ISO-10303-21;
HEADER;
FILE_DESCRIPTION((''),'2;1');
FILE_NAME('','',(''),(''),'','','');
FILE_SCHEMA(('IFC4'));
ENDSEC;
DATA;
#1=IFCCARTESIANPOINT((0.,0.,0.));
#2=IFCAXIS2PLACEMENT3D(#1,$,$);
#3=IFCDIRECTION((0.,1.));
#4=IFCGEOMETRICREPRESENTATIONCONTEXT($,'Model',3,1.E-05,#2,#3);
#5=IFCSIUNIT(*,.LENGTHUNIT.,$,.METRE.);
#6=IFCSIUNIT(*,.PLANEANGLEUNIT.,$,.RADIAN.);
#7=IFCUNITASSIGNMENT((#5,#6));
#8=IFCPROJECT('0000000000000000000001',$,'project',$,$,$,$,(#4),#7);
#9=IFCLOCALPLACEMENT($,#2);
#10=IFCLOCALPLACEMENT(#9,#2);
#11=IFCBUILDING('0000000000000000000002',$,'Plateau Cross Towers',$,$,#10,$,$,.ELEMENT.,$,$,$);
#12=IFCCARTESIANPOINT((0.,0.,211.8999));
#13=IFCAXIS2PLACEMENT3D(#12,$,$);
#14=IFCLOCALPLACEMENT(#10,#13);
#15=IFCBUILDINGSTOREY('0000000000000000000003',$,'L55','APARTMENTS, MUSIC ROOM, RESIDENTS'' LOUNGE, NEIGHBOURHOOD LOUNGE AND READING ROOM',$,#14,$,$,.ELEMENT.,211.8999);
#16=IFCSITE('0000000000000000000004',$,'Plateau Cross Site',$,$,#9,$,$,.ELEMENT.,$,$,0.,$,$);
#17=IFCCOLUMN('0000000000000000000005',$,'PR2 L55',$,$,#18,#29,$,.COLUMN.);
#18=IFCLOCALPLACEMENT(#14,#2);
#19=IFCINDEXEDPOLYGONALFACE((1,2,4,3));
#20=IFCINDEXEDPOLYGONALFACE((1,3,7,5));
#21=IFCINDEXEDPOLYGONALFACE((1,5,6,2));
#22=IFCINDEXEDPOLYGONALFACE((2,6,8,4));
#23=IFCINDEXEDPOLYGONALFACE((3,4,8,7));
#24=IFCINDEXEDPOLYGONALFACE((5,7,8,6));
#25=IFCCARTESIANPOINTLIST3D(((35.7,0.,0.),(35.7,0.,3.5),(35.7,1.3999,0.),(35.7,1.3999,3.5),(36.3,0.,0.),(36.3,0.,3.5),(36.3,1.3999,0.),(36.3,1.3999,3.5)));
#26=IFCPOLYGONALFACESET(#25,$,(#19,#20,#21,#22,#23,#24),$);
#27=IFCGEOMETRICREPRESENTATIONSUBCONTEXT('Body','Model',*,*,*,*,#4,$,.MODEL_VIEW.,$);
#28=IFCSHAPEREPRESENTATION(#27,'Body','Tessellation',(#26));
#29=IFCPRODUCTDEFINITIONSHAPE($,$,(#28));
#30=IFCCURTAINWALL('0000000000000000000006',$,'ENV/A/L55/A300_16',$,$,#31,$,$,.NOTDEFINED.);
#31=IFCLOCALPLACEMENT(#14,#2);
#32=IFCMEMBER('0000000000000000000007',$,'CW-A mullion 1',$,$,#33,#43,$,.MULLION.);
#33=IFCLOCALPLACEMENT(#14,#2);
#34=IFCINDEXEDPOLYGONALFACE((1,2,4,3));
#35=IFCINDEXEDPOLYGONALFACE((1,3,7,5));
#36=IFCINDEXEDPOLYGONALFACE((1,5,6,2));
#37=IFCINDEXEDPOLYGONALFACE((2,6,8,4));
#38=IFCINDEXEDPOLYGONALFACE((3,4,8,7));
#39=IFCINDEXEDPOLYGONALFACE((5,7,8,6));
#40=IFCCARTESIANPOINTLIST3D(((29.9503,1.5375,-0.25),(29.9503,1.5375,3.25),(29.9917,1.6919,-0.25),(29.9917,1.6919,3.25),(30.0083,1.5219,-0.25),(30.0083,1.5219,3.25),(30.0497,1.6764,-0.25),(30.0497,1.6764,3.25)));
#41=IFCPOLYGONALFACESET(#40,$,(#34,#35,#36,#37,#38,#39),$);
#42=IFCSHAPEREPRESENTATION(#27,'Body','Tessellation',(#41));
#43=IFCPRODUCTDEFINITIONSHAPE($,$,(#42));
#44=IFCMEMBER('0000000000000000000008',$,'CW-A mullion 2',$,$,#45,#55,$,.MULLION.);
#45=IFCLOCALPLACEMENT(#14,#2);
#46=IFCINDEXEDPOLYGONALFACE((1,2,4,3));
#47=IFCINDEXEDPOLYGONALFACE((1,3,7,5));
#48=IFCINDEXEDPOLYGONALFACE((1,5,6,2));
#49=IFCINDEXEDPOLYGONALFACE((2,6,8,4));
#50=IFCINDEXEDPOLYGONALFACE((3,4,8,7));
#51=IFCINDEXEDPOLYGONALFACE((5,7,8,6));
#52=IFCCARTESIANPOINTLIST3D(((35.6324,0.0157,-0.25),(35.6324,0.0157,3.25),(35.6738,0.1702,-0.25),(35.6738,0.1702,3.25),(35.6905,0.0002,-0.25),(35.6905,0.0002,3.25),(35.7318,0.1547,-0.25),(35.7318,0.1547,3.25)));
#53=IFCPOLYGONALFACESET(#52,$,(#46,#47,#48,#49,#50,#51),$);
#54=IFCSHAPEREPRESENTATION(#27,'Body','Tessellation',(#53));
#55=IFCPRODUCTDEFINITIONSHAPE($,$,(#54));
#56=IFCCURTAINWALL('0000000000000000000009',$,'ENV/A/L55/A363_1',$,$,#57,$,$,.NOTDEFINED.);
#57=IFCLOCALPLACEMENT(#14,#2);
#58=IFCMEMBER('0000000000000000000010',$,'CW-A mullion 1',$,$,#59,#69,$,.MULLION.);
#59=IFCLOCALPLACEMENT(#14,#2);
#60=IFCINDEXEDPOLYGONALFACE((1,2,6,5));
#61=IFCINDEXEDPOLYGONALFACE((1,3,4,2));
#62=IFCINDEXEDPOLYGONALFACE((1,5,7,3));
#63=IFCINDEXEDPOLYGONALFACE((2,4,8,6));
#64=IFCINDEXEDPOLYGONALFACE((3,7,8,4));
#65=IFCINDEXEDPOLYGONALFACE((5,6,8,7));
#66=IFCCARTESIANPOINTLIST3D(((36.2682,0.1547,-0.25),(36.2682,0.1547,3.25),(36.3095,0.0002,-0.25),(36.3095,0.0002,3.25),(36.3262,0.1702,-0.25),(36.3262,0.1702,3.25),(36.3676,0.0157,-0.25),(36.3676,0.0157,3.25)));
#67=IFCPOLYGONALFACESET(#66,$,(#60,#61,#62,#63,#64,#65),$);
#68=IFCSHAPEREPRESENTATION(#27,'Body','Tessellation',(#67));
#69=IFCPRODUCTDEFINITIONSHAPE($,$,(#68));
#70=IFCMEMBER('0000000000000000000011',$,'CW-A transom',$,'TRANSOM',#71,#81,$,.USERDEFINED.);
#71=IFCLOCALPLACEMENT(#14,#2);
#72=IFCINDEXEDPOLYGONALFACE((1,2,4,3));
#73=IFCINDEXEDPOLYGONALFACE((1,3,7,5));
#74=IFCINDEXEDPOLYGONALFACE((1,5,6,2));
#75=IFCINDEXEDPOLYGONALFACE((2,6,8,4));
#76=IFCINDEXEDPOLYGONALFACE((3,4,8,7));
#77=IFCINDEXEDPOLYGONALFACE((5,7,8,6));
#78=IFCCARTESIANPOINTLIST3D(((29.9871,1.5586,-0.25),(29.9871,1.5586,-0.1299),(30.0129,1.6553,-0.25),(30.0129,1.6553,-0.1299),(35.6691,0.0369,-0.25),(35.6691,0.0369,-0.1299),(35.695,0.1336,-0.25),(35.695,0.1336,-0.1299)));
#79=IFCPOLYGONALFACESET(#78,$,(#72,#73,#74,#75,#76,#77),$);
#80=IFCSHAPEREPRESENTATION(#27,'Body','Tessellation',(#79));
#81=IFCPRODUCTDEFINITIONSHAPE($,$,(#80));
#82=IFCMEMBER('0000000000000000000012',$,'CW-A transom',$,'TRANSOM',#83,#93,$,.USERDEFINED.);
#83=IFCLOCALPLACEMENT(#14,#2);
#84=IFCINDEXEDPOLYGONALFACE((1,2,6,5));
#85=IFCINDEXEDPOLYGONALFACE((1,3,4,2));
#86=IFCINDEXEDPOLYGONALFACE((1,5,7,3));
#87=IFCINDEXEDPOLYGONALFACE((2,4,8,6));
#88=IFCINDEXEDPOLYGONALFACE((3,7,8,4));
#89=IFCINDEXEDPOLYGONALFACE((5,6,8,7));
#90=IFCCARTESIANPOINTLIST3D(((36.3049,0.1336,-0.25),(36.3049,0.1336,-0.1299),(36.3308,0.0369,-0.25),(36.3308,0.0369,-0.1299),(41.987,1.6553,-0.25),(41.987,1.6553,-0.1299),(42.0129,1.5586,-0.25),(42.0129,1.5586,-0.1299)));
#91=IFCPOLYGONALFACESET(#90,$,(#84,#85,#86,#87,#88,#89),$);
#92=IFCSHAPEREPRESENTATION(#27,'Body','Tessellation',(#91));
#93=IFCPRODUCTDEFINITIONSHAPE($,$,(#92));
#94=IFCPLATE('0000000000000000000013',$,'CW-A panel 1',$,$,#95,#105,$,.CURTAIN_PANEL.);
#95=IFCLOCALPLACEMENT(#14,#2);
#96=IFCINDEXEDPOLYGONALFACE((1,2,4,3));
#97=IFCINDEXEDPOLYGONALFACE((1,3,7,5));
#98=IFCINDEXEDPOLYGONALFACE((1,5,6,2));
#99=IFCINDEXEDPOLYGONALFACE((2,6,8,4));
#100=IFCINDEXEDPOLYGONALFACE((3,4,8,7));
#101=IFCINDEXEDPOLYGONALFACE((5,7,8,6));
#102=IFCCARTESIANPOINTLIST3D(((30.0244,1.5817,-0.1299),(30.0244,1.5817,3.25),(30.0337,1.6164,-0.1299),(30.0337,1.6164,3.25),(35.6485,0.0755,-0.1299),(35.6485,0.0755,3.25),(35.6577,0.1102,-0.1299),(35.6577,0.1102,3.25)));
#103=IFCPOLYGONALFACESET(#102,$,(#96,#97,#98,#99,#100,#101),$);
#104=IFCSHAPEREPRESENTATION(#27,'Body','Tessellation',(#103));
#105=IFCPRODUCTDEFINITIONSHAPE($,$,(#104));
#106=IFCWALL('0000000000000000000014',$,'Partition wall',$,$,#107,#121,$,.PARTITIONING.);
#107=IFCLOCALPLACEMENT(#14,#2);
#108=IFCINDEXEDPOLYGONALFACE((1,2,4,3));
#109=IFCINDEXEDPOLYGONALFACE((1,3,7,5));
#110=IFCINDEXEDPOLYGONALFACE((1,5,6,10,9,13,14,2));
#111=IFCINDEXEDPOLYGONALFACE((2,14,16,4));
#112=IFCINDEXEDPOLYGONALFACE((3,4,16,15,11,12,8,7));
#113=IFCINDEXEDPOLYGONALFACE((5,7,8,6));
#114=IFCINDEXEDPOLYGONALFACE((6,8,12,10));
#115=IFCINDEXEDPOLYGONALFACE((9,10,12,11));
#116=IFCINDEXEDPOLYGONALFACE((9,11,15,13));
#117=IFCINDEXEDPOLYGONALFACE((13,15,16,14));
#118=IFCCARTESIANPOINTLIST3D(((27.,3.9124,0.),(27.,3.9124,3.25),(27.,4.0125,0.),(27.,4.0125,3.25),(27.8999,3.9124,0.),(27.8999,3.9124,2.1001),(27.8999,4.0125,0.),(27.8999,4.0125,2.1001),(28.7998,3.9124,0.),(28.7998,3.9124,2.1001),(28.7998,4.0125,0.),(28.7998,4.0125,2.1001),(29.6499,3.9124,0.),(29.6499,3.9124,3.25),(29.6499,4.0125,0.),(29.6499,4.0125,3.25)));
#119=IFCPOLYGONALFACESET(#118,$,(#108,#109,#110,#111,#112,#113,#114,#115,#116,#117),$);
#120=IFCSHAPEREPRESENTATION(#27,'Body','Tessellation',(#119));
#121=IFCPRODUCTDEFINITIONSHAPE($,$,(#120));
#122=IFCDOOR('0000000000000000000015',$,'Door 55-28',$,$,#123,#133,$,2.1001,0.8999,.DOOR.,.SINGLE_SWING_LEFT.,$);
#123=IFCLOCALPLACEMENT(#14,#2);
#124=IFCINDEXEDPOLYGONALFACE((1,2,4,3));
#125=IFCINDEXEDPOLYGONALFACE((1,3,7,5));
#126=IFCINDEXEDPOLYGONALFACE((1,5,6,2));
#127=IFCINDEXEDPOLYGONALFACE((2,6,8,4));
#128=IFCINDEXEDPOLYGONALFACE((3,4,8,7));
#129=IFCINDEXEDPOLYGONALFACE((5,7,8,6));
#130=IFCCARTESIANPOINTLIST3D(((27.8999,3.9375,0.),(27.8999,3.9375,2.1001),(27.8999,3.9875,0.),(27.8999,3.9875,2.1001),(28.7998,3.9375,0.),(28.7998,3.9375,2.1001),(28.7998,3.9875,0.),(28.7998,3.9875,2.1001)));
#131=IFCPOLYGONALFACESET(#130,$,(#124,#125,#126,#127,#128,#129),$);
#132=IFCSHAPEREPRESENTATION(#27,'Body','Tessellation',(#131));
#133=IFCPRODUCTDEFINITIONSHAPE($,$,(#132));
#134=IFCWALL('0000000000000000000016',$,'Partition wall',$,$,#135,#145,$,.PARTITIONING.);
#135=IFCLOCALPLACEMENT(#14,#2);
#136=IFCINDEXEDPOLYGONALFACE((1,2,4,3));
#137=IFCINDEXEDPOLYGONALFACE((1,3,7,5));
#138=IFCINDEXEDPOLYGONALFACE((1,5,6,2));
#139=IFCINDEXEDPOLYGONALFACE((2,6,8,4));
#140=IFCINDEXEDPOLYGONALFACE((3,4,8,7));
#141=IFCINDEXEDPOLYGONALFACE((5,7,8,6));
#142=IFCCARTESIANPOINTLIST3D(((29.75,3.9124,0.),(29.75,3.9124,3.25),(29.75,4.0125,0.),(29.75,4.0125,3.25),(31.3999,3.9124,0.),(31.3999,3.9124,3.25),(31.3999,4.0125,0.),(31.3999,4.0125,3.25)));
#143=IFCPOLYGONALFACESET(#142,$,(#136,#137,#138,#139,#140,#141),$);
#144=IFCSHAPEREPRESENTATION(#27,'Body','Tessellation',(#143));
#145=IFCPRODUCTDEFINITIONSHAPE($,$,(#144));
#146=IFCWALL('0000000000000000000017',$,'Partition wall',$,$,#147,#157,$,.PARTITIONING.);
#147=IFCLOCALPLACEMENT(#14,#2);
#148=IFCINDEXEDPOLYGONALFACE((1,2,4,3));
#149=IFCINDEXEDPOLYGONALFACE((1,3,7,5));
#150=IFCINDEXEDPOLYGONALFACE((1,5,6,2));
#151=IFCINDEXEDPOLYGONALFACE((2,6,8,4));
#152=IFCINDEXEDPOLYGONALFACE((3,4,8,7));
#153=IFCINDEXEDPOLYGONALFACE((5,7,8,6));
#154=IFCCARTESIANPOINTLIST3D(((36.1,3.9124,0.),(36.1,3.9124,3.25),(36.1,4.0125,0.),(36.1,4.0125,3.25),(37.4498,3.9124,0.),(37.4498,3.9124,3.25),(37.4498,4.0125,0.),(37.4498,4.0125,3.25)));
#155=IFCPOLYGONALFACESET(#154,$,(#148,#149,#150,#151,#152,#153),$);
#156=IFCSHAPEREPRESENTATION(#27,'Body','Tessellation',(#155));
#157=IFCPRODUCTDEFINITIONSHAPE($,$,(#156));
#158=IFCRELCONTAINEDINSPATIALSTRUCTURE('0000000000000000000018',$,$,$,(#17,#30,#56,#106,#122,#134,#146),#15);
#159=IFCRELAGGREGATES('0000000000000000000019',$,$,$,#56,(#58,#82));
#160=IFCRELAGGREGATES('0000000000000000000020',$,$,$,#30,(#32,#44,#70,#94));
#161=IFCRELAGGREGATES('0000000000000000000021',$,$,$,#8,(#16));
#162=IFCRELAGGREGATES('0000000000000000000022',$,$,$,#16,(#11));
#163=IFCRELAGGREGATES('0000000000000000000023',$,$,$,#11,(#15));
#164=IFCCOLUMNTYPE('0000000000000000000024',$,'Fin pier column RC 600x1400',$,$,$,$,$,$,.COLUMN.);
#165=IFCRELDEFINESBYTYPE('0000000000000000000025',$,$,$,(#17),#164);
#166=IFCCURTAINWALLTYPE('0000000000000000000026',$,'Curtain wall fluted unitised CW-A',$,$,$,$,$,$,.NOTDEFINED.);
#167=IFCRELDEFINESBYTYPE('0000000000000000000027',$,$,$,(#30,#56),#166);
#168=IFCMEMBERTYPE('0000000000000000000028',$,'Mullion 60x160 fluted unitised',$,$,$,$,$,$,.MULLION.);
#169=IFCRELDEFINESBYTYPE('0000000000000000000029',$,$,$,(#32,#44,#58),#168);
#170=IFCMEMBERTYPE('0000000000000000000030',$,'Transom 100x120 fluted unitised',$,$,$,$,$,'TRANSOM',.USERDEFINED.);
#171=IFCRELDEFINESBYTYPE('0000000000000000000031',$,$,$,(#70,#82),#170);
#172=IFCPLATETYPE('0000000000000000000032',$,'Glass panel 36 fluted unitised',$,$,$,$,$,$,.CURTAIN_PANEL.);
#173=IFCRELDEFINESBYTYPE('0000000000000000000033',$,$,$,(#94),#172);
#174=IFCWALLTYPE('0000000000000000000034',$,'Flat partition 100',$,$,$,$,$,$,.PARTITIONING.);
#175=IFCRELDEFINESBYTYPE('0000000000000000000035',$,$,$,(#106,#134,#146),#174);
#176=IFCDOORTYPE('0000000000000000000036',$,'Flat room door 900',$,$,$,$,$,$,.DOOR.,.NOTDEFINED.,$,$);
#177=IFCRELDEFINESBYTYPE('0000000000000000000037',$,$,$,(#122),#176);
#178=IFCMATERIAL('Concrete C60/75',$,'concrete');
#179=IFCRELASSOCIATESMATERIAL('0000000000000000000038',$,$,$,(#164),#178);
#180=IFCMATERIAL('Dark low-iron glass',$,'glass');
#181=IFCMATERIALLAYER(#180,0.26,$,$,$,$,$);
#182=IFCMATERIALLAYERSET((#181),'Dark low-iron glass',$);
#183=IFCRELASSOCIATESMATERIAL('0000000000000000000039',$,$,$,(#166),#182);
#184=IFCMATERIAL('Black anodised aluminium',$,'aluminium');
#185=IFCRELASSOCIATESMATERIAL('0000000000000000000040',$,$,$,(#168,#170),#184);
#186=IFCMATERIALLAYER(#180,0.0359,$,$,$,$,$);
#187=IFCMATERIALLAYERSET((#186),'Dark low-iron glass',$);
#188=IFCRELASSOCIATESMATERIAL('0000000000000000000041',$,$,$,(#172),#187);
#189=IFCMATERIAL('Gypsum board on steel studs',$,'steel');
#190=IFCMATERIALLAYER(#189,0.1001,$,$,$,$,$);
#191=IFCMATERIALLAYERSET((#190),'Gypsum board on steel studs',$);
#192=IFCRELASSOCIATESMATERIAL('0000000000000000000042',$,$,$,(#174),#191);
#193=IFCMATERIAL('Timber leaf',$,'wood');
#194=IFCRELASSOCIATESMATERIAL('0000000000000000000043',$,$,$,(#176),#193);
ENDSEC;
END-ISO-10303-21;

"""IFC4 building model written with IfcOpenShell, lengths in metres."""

from ifc_helpers import new_model, si_unit, direction, frame, frame_2d, origin, origin_2d, place, context, subcontext, project, spatial, rectangle, extrude, material, layer, layer_set, material_profile, profile_set, type_object, element, fill, aggregate, save


model = new_model("IFC4")

# Units and contexts
model_context = context("Model", 3, precision=1e-05, world=origin(), true_north=direction((0.0, 1.0)))
body_context = subcontext(model_context, "Body", "Model", "MODEL_VIEW")
ifc_project = project(units=[si_unit("LENGTHUNIT", "METRE"), si_unit("PLANEANGLEUNIT", "RADIAN")], contexts=[model_context])

# Site, building, storey
site_placement = place(None, origin())
site = spatial("IfcSite", under=ifc_project, at=site_placement, Name="Plateau Cross Site", CompositionType="ELEMENT", RefElevation=0.0)
building_placement = place(site_placement, origin())
building = spatial("IfcBuilding", under=site, at=building_placement, Name="Plateau Cross Towers", CompositionType="ELEMENT")
storey_placement = place(building_placement, frame((0.0, 0.0, 211.8999)))
storey = spatial("IfcBuildingStorey", under=building, at=storey_placement, Name="L55", Description="APARTMENTS, MUSIC ROOM, RESIDENTS' LOUNGE, NEIGHBOURHOOD LOUNGE AND READING ROOM", CompositionType="ELEMENT", Elevation=211.8999)

# Column
ifc_material_1 = material(Name="Concrete C60/75", Category="concrete")
ifc_material_profile_1 = material_profile(ifc_material_1, rectangle(XDim=0.6001, YDim=1.3999, at=origin_2d()), Name="RC 600x1400")
ifc_profile_set_1 = profile_set([ifc_material_profile_1], Name="Concrete C60/75")
column_type = type_object("IfcColumnType", Name="Fin pier column RC 600x1400", PredefinedType="COLUMN", material=ifc_profile_set_1)
column_placement = place(storey_placement, frame((36.0, 0.7, 0.0), z_axis=(0.0, 0.0, 1.0), x_axis=(1.0, 0.0, 0.0)))
element("IfcColumn", 1, at=column_placement, inside=storey, type_object=column_type, Name="PR2 L55", PredefinedType="COLUMN", context=body_context, shape_type="SweptSolid", body=[
    extrude(rectangle(XDim=0.6001, YDim=1.3999, at=origin_2d()), origin(), (0.0, 0.0, 1.0), 3.5),
])

# Curtain wall, members
ifc_material_2 = material(Name="Dark low-iron glass", Category="glass")
ifc_layer_1 = layer(ifc_material_2, 0.26)
ifc_layer_set_1 = layer_set([ifc_layer_1], Name="Dark low-iron glass")
curtain_wall_type = type_object("IfcCurtainWallType", Name="Curtain wall fluted unitised CW-A", PredefinedType="NOTDEFINED", material=ifc_layer_set_1)
curtain_wall_1_placement = place(storey_placement, origin())
curtain_wall_1 = element("IfcCurtainWall", 2, at=curtain_wall_1_placement, inside=storey, type_object=curtain_wall_type, Name="ENV/A/L55/A300_16", PredefinedType="NOTDEFINED")
ifc_material_3 = material(Name="Black anodised aluminium", Category="aluminium")
ifc_material_profile_2 = material_profile(ifc_material_3, rectangle(XDim=0.0601, YDim=0.1599, at=origin_2d()), Name="MULLION 60x160")
ifc_profile_set_2 = profile_set([ifc_material_profile_2], Name="Black anodised aluminium")
member_type_1 = type_object("IfcMemberType", Name="Mullion 60x160 fluted unitised", PredefinedType="MULLION", material=ifc_profile_set_2)
member_1_placement = place(storey_placement, frame((30.0, 1.6069, -0.25), z_axis=(0.0, 0.0, 1.0), x_axis=(0.965958, -0.258699, 0.0)))
member_1 = element("IfcMember", 3, at=member_1_placement, type_object=member_type_1, Name="CW-A mullion 1", PredefinedType="MULLION", context=body_context, shape_type="SweptSolid", body=[
    extrude(rectangle(XDim=0.0601, YDim=0.1599, at=origin_2d()), origin(), (0.0, 0.0, 1.0), 3.5),
])
member_2_placement = place(storey_placement, frame((35.6821, 0.0852, -0.25), z_axis=(0.0, 0.0, 1.0), x_axis=(0.965958, -0.258699, 0.0)))
member_2 = element("IfcMember", 4, at=member_2_placement, type_object=member_type_1, Name="CW-A mullion 2", PredefinedType="MULLION", context=body_context, shape_type="SweptSolid", body=[
    extrude(rectangle(XDim=0.0601, YDim=0.1599, at=origin_2d()), origin(), (0.0, 0.0, 1.0), 3.5),
])

# Curtain wall, member
curtain_wall_2_placement = place(storey_placement, origin())
curtain_wall_2 = element("IfcCurtainWall", 5, at=curtain_wall_2_placement, inside=storey, type_object=curtain_wall_type, Name="ENV/A/L55/A363_1", PredefinedType="NOTDEFINED")
member_3_placement = place(storey_placement, frame((36.3179, 0.0852, -0.25), z_axis=(0.0, 0.0, 1.0), x_axis=(0.965958, 0.258699, 0.0)))
member_3 = element("IfcMember", 6, at=member_3_placement, type_object=member_type_1, Name="CW-A mullion 1", PredefinedType="MULLION", context=body_context, shape_type="SweptSolid", body=[
    extrude(rectangle(XDim=0.0601, YDim=0.1599, at=origin_2d()), origin(), (0.0, 0.0, 1.0), 3.5),
])

# Members
ifc_material_profile_3 = material_profile(ifc_material_3, rectangle(XDim=0.1001, YDim=0.1201, at=origin_2d()), Name="TRANSOM 100x120")
ifc_profile_set_3 = profile_set([ifc_material_profile_3], Name="Black anodised aluminium")
member_type_2 = type_object("IfcMemberType", Name="Transom 100x120 fluted unitised", ElementType="TRANSOM", PredefinedType="USERDEFINED", material=ifc_profile_set_3)
member_4_placement = place(storey_placement, frame((30.0, 1.6069, -0.1899), z_axis=(0.96596, -0.258693, 0.0), x_axis=(0.258693, 0.96596, 0.0)))
member_4 = element("IfcMember", 7, at=member_4_placement, type_object=member_type_2, Name="CW-A transom", ObjectType="TRANSOM", PredefinedType="USERDEFINED", context=body_context, shape_type="SweptSolid", body=[
    extrude(rectangle(XDim=0.1001, YDim=0.1201, at=origin_2d()), origin(), (0.0, 0.0, 1.0), 5.8823),
])
member_5_placement = place(storey_placement, frame((36.3179, 0.0852, -0.1899), z_axis=(0.96596, 0.258693, 0.0), x_axis=(-0.258693, 0.96596, 0.0)))
member_5 = element("IfcMember", 8, at=member_5_placement, type_object=member_type_2, Name="CW-A transom", ObjectType="TRANSOM", PredefinedType="USERDEFINED", context=body_context, shape_type="SweptSolid", body=[
    extrude(rectangle(XDim=0.1001, YDim=0.1201, at=origin_2d()), origin(), (0.0, 0.0, 1.0), 5.8823),
])
aggregate(curtain_wall_2, [member_3, member_5])

# Plate
ifc_layer_2 = layer(ifc_material_2, 0.0359)
ifc_layer_set_2 = layer_set([ifc_layer_2], Name="Dark low-iron glass")
plate_type = type_object("IfcPlateType", Name="Glass panel 36 fluted unitised", PredefinedType="CURTAIN_PANEL", material=ifc_layer_set_2)
plate_placement = place(storey_placement, frame((32.8411, 0.8459, -0.1299), z_axis=(0.0, 0.0, 1.0), x_axis=(0.965958, -0.258699, 0.0)))
plate = element("IfcPlate", 9, at=plate_placement, type_object=plate_type, Name="CW-A panel 1", PredefinedType="CURTAIN_PANEL", context=body_context, shape_type="SweptSolid", body=[
    extrude(rectangle(XDim=5.8223, YDim=0.0359, at=origin_2d()), origin(), (0.0, 0.0, 1.0), 3.3799),
])
aggregate(curtain_wall_1, [member_1, member_2, member_4, plate])

# Wall, opening, door
ifc_material_4 = material(Name="Gypsum board on steel studs", Category="steel")
ifc_layer_3 = layer(ifc_material_4, 0.1001)
ifc_layer_set_3 = layer_set([ifc_layer_3], Name="Gypsum board on steel studs")
wall_type_1 = type_object("IfcWallType", Name="Flat partition 100", PredefinedType="PARTITIONING", material=ifc_layer_set_3)
wall_1_placement = place(storey_placement, frame((29.6499, 3.9624, 0.0), z_axis=(0.0, 0.0, 1.0), x_axis=(-1.0, 0.0, 0.0)))
wall_1 = element("IfcWall", 10, at=wall_1_placement, inside=storey, type_object=wall_type_1, Name="Partition wall", PredefinedType="PARTITIONING", context=body_context, shape_type="SweptSolid", body=[
    extrude(rectangle(XDim=2.6499, YDim=0.1001, at=frame_2d((1.325, 0.0))), origin(), (0.0, 0.0, 1.0), 3.25),
])
opening_1_placement = place(wall_1_placement, frame((0.8501, 0.0, 0.0)))
opening_1 = element("IfcOpeningElement", 11, at=opening_1_placement, cuts=wall_1, PredefinedType="OPENING", context=body_context, shape_type="SweptSolid", body=[
    extrude(rectangle(XDim=0.8999, YDim=2.1001, at=frame_2d((0.45, 1.05))), frame((0.0, 0.0601, 0.0), z_axis=(0.0, -1.0, 0.0), x_axis=(1.0, 0.0, 0.0)), (0.0, 0.0, 1.0), 0.1201),
])
ifc_material_5 = material(Name="Timber leaf", Category="wood")
door_type_1 = type_object("IfcDoorType", Name="Flat room door 900", OperationType="NOTDEFINED", PredefinedType="DOOR", material=ifc_material_5)
door_1_placement = place(opening_1_placement, origin())
door_1 = element("IfcDoor", 12, at=door_1_placement, inside=storey, type_object=door_type_1, Name="Door 55-28", OperationType="SINGLE_SWING_LEFT", OverallHeight=2.1001, OverallWidth=0.8999, PredefinedType="DOOR", context=body_context, shape_type="SweptSolid", body=[
    extrude(rectangle(XDim=0.8999, YDim=2.1001, at=frame_2d((0.45, 1.05))), frame((0.0, 0.0249, 0.0), z_axis=(0.0, -1.0, 0.0), x_axis=(1.0, 0.0, 0.0)), (0.0, 0.0, 1.0), 0.05),
])
fill(opening_1, door_1)

# Walls
wall_2_placement = place(storey_placement, frame((29.75, 3.9624, 0.0), z_axis=(0.0, 0.0, 1.0), x_axis=(1.0, 0.0, 0.0)))
element("IfcWall", 13, at=wall_2_placement, inside=storey, type_object=wall_type_1, Name="Partition wall", PredefinedType="PARTITIONING", context=body_context, shape_type="SweptSolid", body=[
    extrude(rectangle(XDim=1.6499, YDim=0.1001, at=frame_2d((0.825, 0.0))), origin(), (0.0, 0.0, 1.0), 3.25),
])
wall_3_placement = place(storey_placement, frame((36.1001, 3.9624, 0.0), z_axis=(0.0, 0.0, 1.0), x_axis=(1.0, 0.0, 0.0)))
element("IfcWall", 14, at=wall_3_placement, inside=storey, type_object=wall_type_1, Name="Partition wall", PredefinedType="PARTITIONING", context=body_context, shape_type="SweptSolid", body=[
    extrude(rectangle(XDim=1.3499, YDim=0.1001, at=frame_2d((0.6748, 0.0))), origin(), (0.0, 0.0, 1.0), 3.25),
])

save(model, "model.ifc")
